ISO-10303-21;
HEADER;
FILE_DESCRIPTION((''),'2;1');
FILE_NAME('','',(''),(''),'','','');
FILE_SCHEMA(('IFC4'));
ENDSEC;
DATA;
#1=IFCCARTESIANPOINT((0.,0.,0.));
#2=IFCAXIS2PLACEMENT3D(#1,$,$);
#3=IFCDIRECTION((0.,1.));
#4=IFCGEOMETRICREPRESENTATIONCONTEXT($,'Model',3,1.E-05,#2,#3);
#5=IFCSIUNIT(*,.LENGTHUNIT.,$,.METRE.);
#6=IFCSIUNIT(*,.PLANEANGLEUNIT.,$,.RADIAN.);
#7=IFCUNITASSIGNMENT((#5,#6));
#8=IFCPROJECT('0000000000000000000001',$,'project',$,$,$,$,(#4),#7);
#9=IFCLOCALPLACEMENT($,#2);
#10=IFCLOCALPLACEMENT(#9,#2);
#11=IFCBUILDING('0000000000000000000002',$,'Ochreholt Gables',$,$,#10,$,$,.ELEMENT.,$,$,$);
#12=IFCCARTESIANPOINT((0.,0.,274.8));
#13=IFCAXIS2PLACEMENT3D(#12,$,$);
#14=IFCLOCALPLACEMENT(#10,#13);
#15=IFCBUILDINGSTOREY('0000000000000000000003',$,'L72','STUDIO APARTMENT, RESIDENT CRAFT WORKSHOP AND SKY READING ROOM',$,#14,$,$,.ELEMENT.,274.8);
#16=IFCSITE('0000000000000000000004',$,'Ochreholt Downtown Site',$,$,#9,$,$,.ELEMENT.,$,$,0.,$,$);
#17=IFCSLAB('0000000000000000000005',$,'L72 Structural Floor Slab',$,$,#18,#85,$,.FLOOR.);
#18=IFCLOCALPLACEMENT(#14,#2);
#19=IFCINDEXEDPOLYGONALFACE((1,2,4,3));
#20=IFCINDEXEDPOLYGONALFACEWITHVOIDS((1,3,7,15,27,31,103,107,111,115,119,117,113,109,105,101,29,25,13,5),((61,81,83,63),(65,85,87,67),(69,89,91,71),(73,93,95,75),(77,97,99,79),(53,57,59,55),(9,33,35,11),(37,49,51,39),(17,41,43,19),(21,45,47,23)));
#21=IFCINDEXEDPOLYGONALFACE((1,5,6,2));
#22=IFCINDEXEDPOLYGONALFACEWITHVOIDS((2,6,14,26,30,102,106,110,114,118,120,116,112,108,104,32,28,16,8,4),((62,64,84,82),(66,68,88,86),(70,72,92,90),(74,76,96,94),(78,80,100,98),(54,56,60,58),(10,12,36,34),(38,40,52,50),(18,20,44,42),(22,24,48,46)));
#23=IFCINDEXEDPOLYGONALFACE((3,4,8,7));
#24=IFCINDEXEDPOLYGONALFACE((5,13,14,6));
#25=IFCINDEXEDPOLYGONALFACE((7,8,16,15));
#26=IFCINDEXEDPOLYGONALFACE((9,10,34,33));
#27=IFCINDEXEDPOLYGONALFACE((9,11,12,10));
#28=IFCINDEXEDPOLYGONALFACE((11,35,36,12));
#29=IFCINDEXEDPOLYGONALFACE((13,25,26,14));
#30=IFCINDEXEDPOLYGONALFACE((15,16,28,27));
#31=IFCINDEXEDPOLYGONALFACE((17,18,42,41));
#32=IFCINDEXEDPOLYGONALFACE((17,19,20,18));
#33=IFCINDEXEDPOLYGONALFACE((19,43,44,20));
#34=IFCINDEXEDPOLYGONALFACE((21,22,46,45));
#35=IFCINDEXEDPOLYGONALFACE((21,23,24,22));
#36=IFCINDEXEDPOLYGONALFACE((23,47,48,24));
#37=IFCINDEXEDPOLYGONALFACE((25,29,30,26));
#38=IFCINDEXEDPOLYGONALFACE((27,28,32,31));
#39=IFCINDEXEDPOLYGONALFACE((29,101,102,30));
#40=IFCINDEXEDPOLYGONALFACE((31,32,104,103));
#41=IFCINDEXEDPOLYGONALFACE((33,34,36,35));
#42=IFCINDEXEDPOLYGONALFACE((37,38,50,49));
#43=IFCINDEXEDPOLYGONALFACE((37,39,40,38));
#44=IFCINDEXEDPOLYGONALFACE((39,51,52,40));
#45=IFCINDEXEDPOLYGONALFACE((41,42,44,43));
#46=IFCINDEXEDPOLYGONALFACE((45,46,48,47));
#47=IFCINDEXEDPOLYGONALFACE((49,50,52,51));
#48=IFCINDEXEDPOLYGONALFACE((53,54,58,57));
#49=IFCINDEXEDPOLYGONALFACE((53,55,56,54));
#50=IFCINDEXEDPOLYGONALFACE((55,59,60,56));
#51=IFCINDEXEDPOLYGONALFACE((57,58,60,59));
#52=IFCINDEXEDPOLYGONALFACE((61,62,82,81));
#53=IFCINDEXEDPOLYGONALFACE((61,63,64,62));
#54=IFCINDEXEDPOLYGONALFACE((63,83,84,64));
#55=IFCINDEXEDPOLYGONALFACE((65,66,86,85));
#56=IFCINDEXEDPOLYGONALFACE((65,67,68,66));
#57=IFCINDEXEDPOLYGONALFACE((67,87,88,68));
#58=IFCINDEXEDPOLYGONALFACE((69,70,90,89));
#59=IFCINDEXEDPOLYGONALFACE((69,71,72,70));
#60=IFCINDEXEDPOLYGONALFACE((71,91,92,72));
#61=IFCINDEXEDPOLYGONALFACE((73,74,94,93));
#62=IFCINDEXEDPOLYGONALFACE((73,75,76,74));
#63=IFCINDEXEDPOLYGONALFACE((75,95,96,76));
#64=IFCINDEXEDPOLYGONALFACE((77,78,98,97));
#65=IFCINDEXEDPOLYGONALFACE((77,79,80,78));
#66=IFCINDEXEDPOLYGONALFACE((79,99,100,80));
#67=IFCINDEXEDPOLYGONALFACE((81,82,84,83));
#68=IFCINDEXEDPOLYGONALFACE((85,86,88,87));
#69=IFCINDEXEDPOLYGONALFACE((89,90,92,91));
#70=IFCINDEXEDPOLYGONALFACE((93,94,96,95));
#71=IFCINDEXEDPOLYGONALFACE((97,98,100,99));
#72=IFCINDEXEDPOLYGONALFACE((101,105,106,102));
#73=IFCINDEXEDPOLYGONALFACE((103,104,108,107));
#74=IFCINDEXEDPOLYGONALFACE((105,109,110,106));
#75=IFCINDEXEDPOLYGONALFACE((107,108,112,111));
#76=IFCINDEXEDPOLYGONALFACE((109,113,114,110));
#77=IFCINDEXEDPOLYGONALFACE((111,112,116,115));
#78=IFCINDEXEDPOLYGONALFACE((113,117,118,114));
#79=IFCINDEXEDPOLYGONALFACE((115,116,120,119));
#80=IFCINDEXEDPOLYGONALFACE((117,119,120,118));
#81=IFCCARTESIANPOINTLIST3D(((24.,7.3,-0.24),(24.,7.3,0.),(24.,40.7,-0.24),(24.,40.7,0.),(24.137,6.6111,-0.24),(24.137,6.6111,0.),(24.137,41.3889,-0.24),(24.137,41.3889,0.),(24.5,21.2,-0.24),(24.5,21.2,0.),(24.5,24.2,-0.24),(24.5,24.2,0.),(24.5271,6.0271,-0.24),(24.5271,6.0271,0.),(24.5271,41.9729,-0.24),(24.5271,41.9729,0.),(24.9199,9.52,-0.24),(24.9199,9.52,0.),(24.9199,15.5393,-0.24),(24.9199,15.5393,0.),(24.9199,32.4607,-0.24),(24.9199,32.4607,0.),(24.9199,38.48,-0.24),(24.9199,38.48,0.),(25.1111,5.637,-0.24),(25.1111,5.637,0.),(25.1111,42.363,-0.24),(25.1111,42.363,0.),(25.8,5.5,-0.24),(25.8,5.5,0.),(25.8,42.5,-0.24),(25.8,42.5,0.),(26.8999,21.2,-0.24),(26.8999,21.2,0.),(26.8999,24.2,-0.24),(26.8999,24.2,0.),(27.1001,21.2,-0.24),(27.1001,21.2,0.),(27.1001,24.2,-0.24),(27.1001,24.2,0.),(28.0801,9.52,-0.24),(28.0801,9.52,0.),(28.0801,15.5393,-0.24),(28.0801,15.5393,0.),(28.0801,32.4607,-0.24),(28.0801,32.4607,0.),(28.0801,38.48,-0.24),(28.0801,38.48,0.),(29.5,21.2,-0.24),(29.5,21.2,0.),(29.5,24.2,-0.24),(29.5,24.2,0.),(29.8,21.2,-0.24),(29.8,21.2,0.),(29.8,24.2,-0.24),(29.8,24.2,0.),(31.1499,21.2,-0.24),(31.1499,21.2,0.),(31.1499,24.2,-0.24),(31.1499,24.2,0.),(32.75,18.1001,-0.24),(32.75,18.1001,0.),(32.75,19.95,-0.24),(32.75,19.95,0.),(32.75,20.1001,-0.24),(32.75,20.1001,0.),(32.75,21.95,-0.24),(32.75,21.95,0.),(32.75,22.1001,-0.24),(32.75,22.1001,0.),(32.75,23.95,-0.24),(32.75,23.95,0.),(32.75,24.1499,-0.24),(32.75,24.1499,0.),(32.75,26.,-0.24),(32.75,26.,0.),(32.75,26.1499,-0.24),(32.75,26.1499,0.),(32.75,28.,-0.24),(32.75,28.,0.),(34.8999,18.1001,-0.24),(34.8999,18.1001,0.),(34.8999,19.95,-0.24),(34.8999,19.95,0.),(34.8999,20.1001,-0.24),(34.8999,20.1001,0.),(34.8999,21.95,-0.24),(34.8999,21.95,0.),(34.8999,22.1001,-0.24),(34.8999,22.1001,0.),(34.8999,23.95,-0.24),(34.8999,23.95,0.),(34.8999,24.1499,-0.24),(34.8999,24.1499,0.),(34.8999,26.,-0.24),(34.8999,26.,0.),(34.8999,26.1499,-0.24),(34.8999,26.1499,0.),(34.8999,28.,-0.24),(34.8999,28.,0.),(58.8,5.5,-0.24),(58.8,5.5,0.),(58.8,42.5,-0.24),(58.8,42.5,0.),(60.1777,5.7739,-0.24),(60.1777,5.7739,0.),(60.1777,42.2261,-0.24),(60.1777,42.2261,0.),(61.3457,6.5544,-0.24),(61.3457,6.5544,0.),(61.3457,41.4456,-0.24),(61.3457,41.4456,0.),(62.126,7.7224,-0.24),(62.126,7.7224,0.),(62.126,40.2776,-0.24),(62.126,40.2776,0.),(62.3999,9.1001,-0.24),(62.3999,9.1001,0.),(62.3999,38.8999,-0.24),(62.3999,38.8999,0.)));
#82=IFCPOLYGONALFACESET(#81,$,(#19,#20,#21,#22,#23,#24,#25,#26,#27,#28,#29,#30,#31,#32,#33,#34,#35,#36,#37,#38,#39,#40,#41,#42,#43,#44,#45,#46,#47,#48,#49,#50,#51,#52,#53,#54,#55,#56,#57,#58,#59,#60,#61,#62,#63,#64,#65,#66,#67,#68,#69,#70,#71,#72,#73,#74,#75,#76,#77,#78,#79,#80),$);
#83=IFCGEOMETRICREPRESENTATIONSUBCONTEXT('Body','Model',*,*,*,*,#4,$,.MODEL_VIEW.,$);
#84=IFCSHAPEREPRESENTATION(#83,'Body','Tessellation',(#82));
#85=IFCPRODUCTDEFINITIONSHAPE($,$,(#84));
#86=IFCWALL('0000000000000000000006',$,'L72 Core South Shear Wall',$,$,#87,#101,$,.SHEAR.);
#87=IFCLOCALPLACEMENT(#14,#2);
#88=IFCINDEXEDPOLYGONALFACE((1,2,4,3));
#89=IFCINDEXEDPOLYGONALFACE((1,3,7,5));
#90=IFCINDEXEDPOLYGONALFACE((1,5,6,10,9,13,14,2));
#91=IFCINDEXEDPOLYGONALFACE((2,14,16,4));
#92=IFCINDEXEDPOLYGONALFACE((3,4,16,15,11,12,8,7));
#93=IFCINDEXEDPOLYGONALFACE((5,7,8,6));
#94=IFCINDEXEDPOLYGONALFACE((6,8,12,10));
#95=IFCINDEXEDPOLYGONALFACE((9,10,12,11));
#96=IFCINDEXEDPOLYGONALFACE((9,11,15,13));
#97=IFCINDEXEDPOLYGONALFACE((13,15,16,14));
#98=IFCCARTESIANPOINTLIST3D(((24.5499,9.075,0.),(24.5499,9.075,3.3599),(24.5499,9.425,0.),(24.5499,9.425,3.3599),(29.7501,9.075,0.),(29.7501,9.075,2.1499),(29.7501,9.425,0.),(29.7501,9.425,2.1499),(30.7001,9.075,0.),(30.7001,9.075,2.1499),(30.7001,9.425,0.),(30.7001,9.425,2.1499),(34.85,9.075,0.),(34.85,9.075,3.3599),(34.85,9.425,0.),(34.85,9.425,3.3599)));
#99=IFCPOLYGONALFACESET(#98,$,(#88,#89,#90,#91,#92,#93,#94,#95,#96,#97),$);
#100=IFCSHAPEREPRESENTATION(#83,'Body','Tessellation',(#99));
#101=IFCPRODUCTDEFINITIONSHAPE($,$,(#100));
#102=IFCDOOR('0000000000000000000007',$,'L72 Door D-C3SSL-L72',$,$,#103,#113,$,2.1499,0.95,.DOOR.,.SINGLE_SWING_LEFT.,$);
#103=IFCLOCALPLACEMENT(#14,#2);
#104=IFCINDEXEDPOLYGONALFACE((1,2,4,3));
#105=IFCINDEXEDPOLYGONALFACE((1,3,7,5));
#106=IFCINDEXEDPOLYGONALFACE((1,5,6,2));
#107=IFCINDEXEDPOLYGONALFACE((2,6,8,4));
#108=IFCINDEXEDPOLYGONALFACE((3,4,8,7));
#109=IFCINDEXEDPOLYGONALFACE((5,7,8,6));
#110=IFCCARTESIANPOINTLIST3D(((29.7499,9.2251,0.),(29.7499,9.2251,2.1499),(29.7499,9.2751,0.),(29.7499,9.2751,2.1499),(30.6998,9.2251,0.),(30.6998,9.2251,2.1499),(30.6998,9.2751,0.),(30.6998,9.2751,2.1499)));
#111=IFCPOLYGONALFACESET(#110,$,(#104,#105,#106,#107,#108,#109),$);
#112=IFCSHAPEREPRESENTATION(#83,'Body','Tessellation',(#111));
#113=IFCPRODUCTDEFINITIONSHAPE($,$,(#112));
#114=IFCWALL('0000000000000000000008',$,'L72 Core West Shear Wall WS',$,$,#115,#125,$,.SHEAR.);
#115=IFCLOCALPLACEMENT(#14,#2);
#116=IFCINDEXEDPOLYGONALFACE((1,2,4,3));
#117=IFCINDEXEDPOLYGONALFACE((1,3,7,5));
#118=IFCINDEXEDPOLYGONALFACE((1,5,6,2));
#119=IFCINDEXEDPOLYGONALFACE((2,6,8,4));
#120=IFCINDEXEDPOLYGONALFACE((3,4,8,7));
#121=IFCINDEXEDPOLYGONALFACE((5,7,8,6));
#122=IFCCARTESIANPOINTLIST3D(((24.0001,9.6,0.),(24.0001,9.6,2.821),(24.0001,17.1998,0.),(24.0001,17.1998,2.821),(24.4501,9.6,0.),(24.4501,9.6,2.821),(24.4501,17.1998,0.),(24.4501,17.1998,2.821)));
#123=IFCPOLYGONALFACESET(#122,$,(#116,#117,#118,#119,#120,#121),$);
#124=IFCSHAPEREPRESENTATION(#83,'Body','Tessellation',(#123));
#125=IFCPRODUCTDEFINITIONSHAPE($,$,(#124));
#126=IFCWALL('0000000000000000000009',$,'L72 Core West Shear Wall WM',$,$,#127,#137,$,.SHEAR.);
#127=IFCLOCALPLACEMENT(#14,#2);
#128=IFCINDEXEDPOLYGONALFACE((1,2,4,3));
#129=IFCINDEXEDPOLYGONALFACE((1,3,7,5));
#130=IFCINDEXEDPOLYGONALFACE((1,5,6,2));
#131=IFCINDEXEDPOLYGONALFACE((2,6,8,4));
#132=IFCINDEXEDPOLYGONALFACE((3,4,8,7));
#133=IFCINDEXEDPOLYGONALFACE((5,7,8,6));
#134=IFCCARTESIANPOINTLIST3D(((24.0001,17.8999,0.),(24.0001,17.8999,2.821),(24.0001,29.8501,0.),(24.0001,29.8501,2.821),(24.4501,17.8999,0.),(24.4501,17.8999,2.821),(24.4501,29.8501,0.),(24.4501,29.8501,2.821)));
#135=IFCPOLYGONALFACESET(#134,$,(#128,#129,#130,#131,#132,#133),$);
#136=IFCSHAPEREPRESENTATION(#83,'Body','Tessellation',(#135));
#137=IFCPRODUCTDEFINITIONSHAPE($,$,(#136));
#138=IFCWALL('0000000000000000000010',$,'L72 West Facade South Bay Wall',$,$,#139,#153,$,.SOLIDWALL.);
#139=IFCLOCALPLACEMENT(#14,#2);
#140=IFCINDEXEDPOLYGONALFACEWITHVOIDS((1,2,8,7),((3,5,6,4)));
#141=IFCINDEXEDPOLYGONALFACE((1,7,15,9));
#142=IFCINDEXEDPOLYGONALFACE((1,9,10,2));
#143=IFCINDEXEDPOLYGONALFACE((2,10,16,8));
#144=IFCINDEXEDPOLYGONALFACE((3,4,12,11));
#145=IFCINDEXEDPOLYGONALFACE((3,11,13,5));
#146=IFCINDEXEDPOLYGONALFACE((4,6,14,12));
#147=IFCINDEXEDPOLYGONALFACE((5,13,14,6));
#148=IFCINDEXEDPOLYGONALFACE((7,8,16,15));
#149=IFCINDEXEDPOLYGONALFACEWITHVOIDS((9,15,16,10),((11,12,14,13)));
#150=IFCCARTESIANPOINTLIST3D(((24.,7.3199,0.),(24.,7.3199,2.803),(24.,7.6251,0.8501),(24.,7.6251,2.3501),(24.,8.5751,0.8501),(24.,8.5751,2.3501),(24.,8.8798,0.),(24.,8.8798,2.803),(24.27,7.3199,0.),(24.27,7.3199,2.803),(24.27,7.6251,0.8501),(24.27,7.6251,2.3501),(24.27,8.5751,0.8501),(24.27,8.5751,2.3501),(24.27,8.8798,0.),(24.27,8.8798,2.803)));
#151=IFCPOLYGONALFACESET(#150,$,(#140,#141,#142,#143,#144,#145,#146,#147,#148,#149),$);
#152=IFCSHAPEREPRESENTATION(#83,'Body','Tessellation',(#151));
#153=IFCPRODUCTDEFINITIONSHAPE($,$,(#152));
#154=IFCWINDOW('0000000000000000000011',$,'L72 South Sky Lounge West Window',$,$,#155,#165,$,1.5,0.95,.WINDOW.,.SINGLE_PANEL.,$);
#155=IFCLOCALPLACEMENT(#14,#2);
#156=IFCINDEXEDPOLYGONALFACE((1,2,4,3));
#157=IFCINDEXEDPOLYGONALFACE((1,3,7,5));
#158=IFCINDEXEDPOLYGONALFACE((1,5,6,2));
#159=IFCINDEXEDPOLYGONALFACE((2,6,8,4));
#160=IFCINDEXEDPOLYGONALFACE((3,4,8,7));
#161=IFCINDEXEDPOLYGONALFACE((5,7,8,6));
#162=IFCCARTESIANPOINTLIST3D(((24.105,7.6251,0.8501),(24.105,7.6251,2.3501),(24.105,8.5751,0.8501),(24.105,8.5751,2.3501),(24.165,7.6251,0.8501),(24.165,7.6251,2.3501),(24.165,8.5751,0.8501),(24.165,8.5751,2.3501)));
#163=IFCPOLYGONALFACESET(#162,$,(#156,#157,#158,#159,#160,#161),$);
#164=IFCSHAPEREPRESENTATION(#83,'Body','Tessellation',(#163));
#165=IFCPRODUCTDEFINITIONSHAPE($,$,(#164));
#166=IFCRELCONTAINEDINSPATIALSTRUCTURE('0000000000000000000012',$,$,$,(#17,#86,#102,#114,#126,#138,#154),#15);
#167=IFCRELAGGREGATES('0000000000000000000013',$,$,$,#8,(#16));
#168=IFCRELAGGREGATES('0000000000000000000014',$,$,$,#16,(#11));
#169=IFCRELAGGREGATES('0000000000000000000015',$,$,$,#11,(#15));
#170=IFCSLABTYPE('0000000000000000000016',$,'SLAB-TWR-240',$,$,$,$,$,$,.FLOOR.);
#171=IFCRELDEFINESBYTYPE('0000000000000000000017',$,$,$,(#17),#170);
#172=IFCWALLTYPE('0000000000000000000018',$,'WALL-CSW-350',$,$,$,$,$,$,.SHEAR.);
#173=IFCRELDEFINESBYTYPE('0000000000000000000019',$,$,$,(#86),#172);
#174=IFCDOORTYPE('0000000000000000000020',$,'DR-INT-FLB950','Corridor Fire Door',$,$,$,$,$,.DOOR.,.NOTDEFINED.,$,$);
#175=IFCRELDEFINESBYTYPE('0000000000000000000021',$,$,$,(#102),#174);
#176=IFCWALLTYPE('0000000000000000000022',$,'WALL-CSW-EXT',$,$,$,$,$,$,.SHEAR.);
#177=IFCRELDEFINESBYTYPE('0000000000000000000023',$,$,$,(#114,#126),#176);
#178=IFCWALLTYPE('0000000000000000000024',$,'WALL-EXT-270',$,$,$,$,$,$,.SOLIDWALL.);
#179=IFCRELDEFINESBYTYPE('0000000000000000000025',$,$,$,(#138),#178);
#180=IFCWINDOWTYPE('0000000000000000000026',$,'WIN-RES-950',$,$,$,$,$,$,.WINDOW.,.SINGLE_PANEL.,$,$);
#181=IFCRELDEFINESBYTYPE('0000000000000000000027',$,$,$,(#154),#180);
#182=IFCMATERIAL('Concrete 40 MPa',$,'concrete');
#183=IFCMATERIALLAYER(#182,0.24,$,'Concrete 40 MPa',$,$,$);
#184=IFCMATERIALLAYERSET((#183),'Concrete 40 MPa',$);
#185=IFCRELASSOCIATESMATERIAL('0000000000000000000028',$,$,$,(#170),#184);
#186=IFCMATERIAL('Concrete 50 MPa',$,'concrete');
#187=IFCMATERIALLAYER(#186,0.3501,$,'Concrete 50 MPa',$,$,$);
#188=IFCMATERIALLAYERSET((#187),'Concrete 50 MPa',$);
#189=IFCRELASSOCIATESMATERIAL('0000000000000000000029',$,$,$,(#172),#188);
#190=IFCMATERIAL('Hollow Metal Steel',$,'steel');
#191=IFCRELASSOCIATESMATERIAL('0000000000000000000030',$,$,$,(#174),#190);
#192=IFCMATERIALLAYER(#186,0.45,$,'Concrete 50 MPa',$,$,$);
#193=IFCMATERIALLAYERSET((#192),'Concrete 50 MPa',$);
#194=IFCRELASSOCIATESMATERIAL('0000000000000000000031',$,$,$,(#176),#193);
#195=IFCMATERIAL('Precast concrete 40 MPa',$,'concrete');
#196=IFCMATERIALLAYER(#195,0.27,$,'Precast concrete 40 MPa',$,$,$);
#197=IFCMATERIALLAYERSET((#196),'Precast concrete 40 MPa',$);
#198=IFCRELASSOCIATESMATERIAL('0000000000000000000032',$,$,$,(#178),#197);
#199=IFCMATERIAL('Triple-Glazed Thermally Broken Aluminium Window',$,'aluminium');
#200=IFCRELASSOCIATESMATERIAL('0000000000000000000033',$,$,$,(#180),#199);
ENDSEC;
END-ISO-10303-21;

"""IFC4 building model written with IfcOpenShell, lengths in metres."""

from ifc_helpers import new_model, si_unit, direction, frame, frame_2d, origin, place, context, subcontext, project, spatial, polyline, rectangle, outline, extrude, material, layer, layer_set, type_object, element, fill, save


model = new_model("IFC4")

# Units and contexts
model_context = context("Model", 3, precision=1e-05, world=origin(), true_north=direction((0.0, 1.0)))
body_context = subcontext(model_context, "Body", "Model", "MODEL_VIEW")
ifc_project = project(units=[si_unit("LENGTHUNIT", "METRE"), si_unit("PLANEANGLEUNIT", "RADIAN")], contexts=[model_context])

# Site, building, storey
site_placement = place(None, origin())
site = spatial("IfcSite", under=ifc_project, at=site_placement, Name="Ochreholt Downtown Site", CompositionType="ELEMENT", RefElevation=0.0)
building_placement = place(site_placement, origin())
building = spatial("IfcBuilding", under=site, at=building_placement, Name="Ochreholt Gables", CompositionType="ELEMENT")
storey_placement = place(building_placement, frame((0.0, 0.0, 274.8)))
storey = spatial("IfcBuildingStorey", under=building, at=storey_placement, Name="L72", Description="STUDIO APARTMENT, RESIDENT CRAFT WORKSHOP AND SKY READING ROOM", CompositionType="ELEMENT", Elevation=274.8)

# Shared definitions
ifc_material_1 = material(Name="Concrete 50 MPa", Category="concrete")

# Shared definitions
ifc_material_2 = material(Name="Concrete 40 MPa", Category="concrete")

# Slab
ifc_layer_1 = layer(ifc_material_2, 0.24, Name="Concrete 40 MPa")
ifc_layer_set_1 = layer_set([ifc_layer_1], Name="Concrete 40 MPa")
slab_type_1 = type_object("IfcSlabType", Name="SLAB-TWR-240", PredefinedType="FLOOR", material=ifc_layer_set_1)
slab_1_placement = place(storey_placement, frame((0.0, 0.0, -0.24)))
element("IfcSlab", 1, at=slab_1_placement, inside=storey, type_object=slab_type_1, Name="L72 Structural Floor Slab", PredefinedType="FLOOR", context=body_context, shape_type="SweptSolid", body=[
    extrude(outline(polyline([(24.0, 7.3), (24.137, 6.6111), (24.5271, 6.0271), (25.1111, 5.637), (25.8, 5.5), (58.8, 5.5), (60.1777, 5.7739), (61.3457, 6.5544), (62.126, 7.7224), (62.3999, 9.1001), (62.3999, 38.8999), (62.126, 40.2776), (61.3457, 41.4456), (60.1777, 42.2261), (58.8, 42.5), (25.8, 42.5), (25.1111, 42.363), (24.5271, 41.9729), (24.137, 41.3889), (24.0, 40.7), (24.0, 7.3)]), holes=[polyline([(24.9199, 15.5393), (24.9199, 9.52), (28.0801, 9.52), (28.0801, 15.5393), (24.9199, 15.5393)]), polyline([(28.0801, 32.4607), (28.0801, 38.48), (24.9199, 38.48), (24.9199, 32.4607), (28.0801, 32.4607)]), polyline([(24.5, 21.2), (26.8999, 21.2), (26.8999, 24.2), (24.5, 24.2), (24.5, 21.2)]), polyline([(27.1001, 21.2), (29.5, 21.2), (29.5, 24.2), (27.1001, 24.2), (27.1001, 21.2)]), polyline([(32.75, 18.1001), (34.8999, 18.1001), (34.8999, 19.95), (32.75, 19.95), (32.75, 18.1001)]), polyline([(32.75, 20.1001), (34.8999, 20.1001), (34.8999, 21.95), (32.75, 21.95), (32.75, 20.1001)]), polyline([(32.75, 22.1001), (34.8999, 22.1001), (34.8999, 23.95), (32.75, 23.95), (32.75, 22.1001)]), polyline([(32.75, 24.1499), (34.8999, 24.1499), (34.8999, 26.0), (32.75, 26.0), (32.75, 24.1499)]), polyline([(32.75, 26.1499), (34.8999, 26.1499), (34.8999, 28.0), (32.75, 28.0), (32.75, 26.1499)]), polyline([(29.8, 21.2), (31.1499, 21.2), (31.1499, 24.2), (29.8, 24.2), (29.8, 21.2)])]), origin(), (0.0, 0.0, 1.0), 0.24),
])

# Wall, opening, door
ifc_layer_2 = layer(ifc_material_1, 0.3501, Name="Concrete 50 MPa")
ifc_layer_set_2 = layer_set([ifc_layer_2], Name="Concrete 50 MPa")
wall_type_1 = type_object("IfcWallType", Name="WALL-CSW-350", PredefinedType="SHEAR", material=ifc_layer_set_2)
wall_1_placement = place(storey_placement, frame((24.55, 9.25, 0.0), z_axis=(0.0, 0.0, 1.0), x_axis=(1.0, 0.0, 0.0)))
wall_1 = element("IfcWall", 2, at=wall_1_placement, inside=storey, type_object=wall_type_1, Name="L72 Core South Shear Wall", PredefinedType="SHEAR", context=body_context, shape_type="SweptSolid", body=[
    extrude(rectangle(XDim=10.3, YDim=0.3501, at=frame_2d((5.1499, 0.0))), origin(), (0.0, 0.0, 1.0), 3.3599),
])
opening_1_placement = place(wall_1_placement, frame((5.2, 0.0, 0.0)))
opening_1 = element("IfcOpeningElement", 3, at=opening_1_placement, cuts=wall_1, PredefinedType="OPENING", context=body_context, shape_type="SweptSolid", body=[
    extrude(rectangle(XDim=0.95, YDim=2.1499, at=frame_2d((0.4751, 1.075))), frame((0.0, 0.1851, 0.0), z_axis=(0.0, -1.0, 0.0), x_axis=(1.0, 0.0, 0.0)), (0.0, 0.0, 1.0), 0.3701),
])
ifc_material_3 = material(Name="Hollow Metal Steel", Category="steel")
door_type_1 = type_object("IfcDoorType", Name="DR-INT-FLB950", Description="Corridor Fire Door", OperationType="NOTDEFINED", PredefinedType="DOOR", material=ifc_material_3)
door_1_placement = place(opening_1_placement, frame((0.95, 0.0, 0.0), z_axis=(0.0, 0.0, 1.0), x_axis=(-1.0, 0.0, 0.0)))
door_1 = element("IfcDoor", 4, at=door_1_placement, inside=storey, type_object=door_type_1, Name="L72 Door D-C3SSL-L72", OperationType="SINGLE_SWING_LEFT", OverallHeight=2.1499, OverallWidth=0.95, PredefinedType="DOOR", context=body_context, shape_type="SweptSolid", body=[
    extrude(rectangle(XDim=0.95, YDim=2.1499, at=frame_2d((0.4751, 1.075))), frame((0.0, 0.0249, 0.0), z_axis=(0.0, -1.0, 0.0), x_axis=(1.0, 0.0, 0.0)), (0.0, 0.0, 1.0), 0.05),
])
fill(opening_1, door_1)

# Walls
ifc_layer_3 = layer(ifc_material_1, 0.45, Name="Concrete 50 MPa")
ifc_layer_set_3 = layer_set([ifc_layer_3], Name="Concrete 50 MPa")
wall_type_2 = type_object("IfcWallType", Name="WALL-CSW-EXT", PredefinedType="SHEAR", material=ifc_layer_set_3)
wall_2_placement = place(storey_placement, frame((24.2251, 9.6001, 0.0), z_axis=(0.0, 0.0, 1.0), x_axis=(0.0, 1.0, 0.0)))
element("IfcWall", 5, at=wall_2_placement, inside=storey, type_object=wall_type_2, Name="L72 Core West Shear Wall WS", PredefinedType="SHEAR", context=body_context, shape_type="SweptSolid", body=[
    extrude(rectangle(XDim=7.5999, YDim=0.45, at=frame_2d((3.7998, 0.0))), origin(), (0.0, 0.0, 1.0), 2.821),
])
wall_3_placement = place(storey_placement, frame((24.2251, 17.8999, 0.0), z_axis=(0.0, 0.0, 1.0), x_axis=(0.0, 1.0, 0.0)))
element("IfcWall", 6, at=wall_3_placement, inside=storey, type_object=wall_type_2, Name="L72 Core West Shear Wall WM", PredefinedType="SHEAR", context=body_context, shape_type="SweptSolid", body=[
    extrude(rectangle(XDim=11.9502, YDim=0.45, at=frame_2d((5.9751, 0.0))), origin(), (0.0, 0.0, 1.0), 2.821),
])

# Wall, opening, window
ifc_material_4 = material(Name="Precast concrete 40 MPa", Category="concrete")
ifc_layer_4 = layer(ifc_material_4, 0.27, Name="Precast concrete 40 MPa")
ifc_layer_set_4 = layer_set([ifc_layer_4], Name="Precast concrete 40 MPa")
wall_type_3 = type_object("IfcWallType", Name="WALL-EXT-270", PredefinedType="SOLIDWALL", material=ifc_layer_set_4)
wall_4_placement = place(storey_placement, frame((24.135, 7.3201, 0.0), z_axis=(0.0, 0.0, 1.0), x_axis=(0.0, 1.0, 0.0)))
wall_4 = element("IfcWall", 7, at=wall_4_placement, inside=storey, type_object=wall_type_3, Name="L72 West Facade South Bay Wall", PredefinedType="SOLIDWALL", context=body_context, shape_type="SweptSolid", body=[
    extrude(rectangle(XDim=1.5598, YDim=0.27, at=frame_2d((0.7798, 0.0))), origin(), (0.0, 0.0, 1.0), 2.803),
])
opening_2_placement = place(wall_4_placement, frame((0.3049, 0.0, 0.8501)))
opening_2 = element("IfcOpeningElement", 8, at=opening_2_placement, cuts=wall_4, PredefinedType="OPENING", context=body_context, shape_type="SweptSolid", body=[
    extrude(rectangle(XDim=0.95, YDim=1.5, at=frame_2d((0.4751, 0.75))), frame((0.0, 0.145, 0.0), z_axis=(0.0, -1.0, 0.0), x_axis=(1.0, 0.0, 0.0)), (0.0, 0.0, 1.0), 0.29),
])
ifc_material_5 = material(Name="Triple-Glazed Thermally Broken Aluminium Window", Category="aluminium")
window_type = type_object("IfcWindowType", Name="WIN-RES-950", PartitioningType="SINGLE_PANEL", PredefinedType="WINDOW", material=ifc_material_5)
window_placement = place(opening_2_placement, origin())
window = element("IfcWindow", 9, at=window_placement, inside=storey, type_object=window_type, Name="L72 South Sky Lounge West Window", OverallHeight=1.5, OverallWidth=0.95, PartitioningType="SINGLE_PANEL", PredefinedType="WINDOW", context=body_context, shape_type="SweptSolid", body=[
    extrude(rectangle(XDim=0.95, YDim=1.5, at=frame_2d((0.4751, 0.75))), frame((0.0, 0.03, 0.0), z_axis=(0.0, -1.0, 0.0), x_axis=(1.0, 0.0, 0.0)), (0.0, 0.0, 1.0), 0.0601),
])
fill(opening_2, window)

save(model, "model.ifc")
